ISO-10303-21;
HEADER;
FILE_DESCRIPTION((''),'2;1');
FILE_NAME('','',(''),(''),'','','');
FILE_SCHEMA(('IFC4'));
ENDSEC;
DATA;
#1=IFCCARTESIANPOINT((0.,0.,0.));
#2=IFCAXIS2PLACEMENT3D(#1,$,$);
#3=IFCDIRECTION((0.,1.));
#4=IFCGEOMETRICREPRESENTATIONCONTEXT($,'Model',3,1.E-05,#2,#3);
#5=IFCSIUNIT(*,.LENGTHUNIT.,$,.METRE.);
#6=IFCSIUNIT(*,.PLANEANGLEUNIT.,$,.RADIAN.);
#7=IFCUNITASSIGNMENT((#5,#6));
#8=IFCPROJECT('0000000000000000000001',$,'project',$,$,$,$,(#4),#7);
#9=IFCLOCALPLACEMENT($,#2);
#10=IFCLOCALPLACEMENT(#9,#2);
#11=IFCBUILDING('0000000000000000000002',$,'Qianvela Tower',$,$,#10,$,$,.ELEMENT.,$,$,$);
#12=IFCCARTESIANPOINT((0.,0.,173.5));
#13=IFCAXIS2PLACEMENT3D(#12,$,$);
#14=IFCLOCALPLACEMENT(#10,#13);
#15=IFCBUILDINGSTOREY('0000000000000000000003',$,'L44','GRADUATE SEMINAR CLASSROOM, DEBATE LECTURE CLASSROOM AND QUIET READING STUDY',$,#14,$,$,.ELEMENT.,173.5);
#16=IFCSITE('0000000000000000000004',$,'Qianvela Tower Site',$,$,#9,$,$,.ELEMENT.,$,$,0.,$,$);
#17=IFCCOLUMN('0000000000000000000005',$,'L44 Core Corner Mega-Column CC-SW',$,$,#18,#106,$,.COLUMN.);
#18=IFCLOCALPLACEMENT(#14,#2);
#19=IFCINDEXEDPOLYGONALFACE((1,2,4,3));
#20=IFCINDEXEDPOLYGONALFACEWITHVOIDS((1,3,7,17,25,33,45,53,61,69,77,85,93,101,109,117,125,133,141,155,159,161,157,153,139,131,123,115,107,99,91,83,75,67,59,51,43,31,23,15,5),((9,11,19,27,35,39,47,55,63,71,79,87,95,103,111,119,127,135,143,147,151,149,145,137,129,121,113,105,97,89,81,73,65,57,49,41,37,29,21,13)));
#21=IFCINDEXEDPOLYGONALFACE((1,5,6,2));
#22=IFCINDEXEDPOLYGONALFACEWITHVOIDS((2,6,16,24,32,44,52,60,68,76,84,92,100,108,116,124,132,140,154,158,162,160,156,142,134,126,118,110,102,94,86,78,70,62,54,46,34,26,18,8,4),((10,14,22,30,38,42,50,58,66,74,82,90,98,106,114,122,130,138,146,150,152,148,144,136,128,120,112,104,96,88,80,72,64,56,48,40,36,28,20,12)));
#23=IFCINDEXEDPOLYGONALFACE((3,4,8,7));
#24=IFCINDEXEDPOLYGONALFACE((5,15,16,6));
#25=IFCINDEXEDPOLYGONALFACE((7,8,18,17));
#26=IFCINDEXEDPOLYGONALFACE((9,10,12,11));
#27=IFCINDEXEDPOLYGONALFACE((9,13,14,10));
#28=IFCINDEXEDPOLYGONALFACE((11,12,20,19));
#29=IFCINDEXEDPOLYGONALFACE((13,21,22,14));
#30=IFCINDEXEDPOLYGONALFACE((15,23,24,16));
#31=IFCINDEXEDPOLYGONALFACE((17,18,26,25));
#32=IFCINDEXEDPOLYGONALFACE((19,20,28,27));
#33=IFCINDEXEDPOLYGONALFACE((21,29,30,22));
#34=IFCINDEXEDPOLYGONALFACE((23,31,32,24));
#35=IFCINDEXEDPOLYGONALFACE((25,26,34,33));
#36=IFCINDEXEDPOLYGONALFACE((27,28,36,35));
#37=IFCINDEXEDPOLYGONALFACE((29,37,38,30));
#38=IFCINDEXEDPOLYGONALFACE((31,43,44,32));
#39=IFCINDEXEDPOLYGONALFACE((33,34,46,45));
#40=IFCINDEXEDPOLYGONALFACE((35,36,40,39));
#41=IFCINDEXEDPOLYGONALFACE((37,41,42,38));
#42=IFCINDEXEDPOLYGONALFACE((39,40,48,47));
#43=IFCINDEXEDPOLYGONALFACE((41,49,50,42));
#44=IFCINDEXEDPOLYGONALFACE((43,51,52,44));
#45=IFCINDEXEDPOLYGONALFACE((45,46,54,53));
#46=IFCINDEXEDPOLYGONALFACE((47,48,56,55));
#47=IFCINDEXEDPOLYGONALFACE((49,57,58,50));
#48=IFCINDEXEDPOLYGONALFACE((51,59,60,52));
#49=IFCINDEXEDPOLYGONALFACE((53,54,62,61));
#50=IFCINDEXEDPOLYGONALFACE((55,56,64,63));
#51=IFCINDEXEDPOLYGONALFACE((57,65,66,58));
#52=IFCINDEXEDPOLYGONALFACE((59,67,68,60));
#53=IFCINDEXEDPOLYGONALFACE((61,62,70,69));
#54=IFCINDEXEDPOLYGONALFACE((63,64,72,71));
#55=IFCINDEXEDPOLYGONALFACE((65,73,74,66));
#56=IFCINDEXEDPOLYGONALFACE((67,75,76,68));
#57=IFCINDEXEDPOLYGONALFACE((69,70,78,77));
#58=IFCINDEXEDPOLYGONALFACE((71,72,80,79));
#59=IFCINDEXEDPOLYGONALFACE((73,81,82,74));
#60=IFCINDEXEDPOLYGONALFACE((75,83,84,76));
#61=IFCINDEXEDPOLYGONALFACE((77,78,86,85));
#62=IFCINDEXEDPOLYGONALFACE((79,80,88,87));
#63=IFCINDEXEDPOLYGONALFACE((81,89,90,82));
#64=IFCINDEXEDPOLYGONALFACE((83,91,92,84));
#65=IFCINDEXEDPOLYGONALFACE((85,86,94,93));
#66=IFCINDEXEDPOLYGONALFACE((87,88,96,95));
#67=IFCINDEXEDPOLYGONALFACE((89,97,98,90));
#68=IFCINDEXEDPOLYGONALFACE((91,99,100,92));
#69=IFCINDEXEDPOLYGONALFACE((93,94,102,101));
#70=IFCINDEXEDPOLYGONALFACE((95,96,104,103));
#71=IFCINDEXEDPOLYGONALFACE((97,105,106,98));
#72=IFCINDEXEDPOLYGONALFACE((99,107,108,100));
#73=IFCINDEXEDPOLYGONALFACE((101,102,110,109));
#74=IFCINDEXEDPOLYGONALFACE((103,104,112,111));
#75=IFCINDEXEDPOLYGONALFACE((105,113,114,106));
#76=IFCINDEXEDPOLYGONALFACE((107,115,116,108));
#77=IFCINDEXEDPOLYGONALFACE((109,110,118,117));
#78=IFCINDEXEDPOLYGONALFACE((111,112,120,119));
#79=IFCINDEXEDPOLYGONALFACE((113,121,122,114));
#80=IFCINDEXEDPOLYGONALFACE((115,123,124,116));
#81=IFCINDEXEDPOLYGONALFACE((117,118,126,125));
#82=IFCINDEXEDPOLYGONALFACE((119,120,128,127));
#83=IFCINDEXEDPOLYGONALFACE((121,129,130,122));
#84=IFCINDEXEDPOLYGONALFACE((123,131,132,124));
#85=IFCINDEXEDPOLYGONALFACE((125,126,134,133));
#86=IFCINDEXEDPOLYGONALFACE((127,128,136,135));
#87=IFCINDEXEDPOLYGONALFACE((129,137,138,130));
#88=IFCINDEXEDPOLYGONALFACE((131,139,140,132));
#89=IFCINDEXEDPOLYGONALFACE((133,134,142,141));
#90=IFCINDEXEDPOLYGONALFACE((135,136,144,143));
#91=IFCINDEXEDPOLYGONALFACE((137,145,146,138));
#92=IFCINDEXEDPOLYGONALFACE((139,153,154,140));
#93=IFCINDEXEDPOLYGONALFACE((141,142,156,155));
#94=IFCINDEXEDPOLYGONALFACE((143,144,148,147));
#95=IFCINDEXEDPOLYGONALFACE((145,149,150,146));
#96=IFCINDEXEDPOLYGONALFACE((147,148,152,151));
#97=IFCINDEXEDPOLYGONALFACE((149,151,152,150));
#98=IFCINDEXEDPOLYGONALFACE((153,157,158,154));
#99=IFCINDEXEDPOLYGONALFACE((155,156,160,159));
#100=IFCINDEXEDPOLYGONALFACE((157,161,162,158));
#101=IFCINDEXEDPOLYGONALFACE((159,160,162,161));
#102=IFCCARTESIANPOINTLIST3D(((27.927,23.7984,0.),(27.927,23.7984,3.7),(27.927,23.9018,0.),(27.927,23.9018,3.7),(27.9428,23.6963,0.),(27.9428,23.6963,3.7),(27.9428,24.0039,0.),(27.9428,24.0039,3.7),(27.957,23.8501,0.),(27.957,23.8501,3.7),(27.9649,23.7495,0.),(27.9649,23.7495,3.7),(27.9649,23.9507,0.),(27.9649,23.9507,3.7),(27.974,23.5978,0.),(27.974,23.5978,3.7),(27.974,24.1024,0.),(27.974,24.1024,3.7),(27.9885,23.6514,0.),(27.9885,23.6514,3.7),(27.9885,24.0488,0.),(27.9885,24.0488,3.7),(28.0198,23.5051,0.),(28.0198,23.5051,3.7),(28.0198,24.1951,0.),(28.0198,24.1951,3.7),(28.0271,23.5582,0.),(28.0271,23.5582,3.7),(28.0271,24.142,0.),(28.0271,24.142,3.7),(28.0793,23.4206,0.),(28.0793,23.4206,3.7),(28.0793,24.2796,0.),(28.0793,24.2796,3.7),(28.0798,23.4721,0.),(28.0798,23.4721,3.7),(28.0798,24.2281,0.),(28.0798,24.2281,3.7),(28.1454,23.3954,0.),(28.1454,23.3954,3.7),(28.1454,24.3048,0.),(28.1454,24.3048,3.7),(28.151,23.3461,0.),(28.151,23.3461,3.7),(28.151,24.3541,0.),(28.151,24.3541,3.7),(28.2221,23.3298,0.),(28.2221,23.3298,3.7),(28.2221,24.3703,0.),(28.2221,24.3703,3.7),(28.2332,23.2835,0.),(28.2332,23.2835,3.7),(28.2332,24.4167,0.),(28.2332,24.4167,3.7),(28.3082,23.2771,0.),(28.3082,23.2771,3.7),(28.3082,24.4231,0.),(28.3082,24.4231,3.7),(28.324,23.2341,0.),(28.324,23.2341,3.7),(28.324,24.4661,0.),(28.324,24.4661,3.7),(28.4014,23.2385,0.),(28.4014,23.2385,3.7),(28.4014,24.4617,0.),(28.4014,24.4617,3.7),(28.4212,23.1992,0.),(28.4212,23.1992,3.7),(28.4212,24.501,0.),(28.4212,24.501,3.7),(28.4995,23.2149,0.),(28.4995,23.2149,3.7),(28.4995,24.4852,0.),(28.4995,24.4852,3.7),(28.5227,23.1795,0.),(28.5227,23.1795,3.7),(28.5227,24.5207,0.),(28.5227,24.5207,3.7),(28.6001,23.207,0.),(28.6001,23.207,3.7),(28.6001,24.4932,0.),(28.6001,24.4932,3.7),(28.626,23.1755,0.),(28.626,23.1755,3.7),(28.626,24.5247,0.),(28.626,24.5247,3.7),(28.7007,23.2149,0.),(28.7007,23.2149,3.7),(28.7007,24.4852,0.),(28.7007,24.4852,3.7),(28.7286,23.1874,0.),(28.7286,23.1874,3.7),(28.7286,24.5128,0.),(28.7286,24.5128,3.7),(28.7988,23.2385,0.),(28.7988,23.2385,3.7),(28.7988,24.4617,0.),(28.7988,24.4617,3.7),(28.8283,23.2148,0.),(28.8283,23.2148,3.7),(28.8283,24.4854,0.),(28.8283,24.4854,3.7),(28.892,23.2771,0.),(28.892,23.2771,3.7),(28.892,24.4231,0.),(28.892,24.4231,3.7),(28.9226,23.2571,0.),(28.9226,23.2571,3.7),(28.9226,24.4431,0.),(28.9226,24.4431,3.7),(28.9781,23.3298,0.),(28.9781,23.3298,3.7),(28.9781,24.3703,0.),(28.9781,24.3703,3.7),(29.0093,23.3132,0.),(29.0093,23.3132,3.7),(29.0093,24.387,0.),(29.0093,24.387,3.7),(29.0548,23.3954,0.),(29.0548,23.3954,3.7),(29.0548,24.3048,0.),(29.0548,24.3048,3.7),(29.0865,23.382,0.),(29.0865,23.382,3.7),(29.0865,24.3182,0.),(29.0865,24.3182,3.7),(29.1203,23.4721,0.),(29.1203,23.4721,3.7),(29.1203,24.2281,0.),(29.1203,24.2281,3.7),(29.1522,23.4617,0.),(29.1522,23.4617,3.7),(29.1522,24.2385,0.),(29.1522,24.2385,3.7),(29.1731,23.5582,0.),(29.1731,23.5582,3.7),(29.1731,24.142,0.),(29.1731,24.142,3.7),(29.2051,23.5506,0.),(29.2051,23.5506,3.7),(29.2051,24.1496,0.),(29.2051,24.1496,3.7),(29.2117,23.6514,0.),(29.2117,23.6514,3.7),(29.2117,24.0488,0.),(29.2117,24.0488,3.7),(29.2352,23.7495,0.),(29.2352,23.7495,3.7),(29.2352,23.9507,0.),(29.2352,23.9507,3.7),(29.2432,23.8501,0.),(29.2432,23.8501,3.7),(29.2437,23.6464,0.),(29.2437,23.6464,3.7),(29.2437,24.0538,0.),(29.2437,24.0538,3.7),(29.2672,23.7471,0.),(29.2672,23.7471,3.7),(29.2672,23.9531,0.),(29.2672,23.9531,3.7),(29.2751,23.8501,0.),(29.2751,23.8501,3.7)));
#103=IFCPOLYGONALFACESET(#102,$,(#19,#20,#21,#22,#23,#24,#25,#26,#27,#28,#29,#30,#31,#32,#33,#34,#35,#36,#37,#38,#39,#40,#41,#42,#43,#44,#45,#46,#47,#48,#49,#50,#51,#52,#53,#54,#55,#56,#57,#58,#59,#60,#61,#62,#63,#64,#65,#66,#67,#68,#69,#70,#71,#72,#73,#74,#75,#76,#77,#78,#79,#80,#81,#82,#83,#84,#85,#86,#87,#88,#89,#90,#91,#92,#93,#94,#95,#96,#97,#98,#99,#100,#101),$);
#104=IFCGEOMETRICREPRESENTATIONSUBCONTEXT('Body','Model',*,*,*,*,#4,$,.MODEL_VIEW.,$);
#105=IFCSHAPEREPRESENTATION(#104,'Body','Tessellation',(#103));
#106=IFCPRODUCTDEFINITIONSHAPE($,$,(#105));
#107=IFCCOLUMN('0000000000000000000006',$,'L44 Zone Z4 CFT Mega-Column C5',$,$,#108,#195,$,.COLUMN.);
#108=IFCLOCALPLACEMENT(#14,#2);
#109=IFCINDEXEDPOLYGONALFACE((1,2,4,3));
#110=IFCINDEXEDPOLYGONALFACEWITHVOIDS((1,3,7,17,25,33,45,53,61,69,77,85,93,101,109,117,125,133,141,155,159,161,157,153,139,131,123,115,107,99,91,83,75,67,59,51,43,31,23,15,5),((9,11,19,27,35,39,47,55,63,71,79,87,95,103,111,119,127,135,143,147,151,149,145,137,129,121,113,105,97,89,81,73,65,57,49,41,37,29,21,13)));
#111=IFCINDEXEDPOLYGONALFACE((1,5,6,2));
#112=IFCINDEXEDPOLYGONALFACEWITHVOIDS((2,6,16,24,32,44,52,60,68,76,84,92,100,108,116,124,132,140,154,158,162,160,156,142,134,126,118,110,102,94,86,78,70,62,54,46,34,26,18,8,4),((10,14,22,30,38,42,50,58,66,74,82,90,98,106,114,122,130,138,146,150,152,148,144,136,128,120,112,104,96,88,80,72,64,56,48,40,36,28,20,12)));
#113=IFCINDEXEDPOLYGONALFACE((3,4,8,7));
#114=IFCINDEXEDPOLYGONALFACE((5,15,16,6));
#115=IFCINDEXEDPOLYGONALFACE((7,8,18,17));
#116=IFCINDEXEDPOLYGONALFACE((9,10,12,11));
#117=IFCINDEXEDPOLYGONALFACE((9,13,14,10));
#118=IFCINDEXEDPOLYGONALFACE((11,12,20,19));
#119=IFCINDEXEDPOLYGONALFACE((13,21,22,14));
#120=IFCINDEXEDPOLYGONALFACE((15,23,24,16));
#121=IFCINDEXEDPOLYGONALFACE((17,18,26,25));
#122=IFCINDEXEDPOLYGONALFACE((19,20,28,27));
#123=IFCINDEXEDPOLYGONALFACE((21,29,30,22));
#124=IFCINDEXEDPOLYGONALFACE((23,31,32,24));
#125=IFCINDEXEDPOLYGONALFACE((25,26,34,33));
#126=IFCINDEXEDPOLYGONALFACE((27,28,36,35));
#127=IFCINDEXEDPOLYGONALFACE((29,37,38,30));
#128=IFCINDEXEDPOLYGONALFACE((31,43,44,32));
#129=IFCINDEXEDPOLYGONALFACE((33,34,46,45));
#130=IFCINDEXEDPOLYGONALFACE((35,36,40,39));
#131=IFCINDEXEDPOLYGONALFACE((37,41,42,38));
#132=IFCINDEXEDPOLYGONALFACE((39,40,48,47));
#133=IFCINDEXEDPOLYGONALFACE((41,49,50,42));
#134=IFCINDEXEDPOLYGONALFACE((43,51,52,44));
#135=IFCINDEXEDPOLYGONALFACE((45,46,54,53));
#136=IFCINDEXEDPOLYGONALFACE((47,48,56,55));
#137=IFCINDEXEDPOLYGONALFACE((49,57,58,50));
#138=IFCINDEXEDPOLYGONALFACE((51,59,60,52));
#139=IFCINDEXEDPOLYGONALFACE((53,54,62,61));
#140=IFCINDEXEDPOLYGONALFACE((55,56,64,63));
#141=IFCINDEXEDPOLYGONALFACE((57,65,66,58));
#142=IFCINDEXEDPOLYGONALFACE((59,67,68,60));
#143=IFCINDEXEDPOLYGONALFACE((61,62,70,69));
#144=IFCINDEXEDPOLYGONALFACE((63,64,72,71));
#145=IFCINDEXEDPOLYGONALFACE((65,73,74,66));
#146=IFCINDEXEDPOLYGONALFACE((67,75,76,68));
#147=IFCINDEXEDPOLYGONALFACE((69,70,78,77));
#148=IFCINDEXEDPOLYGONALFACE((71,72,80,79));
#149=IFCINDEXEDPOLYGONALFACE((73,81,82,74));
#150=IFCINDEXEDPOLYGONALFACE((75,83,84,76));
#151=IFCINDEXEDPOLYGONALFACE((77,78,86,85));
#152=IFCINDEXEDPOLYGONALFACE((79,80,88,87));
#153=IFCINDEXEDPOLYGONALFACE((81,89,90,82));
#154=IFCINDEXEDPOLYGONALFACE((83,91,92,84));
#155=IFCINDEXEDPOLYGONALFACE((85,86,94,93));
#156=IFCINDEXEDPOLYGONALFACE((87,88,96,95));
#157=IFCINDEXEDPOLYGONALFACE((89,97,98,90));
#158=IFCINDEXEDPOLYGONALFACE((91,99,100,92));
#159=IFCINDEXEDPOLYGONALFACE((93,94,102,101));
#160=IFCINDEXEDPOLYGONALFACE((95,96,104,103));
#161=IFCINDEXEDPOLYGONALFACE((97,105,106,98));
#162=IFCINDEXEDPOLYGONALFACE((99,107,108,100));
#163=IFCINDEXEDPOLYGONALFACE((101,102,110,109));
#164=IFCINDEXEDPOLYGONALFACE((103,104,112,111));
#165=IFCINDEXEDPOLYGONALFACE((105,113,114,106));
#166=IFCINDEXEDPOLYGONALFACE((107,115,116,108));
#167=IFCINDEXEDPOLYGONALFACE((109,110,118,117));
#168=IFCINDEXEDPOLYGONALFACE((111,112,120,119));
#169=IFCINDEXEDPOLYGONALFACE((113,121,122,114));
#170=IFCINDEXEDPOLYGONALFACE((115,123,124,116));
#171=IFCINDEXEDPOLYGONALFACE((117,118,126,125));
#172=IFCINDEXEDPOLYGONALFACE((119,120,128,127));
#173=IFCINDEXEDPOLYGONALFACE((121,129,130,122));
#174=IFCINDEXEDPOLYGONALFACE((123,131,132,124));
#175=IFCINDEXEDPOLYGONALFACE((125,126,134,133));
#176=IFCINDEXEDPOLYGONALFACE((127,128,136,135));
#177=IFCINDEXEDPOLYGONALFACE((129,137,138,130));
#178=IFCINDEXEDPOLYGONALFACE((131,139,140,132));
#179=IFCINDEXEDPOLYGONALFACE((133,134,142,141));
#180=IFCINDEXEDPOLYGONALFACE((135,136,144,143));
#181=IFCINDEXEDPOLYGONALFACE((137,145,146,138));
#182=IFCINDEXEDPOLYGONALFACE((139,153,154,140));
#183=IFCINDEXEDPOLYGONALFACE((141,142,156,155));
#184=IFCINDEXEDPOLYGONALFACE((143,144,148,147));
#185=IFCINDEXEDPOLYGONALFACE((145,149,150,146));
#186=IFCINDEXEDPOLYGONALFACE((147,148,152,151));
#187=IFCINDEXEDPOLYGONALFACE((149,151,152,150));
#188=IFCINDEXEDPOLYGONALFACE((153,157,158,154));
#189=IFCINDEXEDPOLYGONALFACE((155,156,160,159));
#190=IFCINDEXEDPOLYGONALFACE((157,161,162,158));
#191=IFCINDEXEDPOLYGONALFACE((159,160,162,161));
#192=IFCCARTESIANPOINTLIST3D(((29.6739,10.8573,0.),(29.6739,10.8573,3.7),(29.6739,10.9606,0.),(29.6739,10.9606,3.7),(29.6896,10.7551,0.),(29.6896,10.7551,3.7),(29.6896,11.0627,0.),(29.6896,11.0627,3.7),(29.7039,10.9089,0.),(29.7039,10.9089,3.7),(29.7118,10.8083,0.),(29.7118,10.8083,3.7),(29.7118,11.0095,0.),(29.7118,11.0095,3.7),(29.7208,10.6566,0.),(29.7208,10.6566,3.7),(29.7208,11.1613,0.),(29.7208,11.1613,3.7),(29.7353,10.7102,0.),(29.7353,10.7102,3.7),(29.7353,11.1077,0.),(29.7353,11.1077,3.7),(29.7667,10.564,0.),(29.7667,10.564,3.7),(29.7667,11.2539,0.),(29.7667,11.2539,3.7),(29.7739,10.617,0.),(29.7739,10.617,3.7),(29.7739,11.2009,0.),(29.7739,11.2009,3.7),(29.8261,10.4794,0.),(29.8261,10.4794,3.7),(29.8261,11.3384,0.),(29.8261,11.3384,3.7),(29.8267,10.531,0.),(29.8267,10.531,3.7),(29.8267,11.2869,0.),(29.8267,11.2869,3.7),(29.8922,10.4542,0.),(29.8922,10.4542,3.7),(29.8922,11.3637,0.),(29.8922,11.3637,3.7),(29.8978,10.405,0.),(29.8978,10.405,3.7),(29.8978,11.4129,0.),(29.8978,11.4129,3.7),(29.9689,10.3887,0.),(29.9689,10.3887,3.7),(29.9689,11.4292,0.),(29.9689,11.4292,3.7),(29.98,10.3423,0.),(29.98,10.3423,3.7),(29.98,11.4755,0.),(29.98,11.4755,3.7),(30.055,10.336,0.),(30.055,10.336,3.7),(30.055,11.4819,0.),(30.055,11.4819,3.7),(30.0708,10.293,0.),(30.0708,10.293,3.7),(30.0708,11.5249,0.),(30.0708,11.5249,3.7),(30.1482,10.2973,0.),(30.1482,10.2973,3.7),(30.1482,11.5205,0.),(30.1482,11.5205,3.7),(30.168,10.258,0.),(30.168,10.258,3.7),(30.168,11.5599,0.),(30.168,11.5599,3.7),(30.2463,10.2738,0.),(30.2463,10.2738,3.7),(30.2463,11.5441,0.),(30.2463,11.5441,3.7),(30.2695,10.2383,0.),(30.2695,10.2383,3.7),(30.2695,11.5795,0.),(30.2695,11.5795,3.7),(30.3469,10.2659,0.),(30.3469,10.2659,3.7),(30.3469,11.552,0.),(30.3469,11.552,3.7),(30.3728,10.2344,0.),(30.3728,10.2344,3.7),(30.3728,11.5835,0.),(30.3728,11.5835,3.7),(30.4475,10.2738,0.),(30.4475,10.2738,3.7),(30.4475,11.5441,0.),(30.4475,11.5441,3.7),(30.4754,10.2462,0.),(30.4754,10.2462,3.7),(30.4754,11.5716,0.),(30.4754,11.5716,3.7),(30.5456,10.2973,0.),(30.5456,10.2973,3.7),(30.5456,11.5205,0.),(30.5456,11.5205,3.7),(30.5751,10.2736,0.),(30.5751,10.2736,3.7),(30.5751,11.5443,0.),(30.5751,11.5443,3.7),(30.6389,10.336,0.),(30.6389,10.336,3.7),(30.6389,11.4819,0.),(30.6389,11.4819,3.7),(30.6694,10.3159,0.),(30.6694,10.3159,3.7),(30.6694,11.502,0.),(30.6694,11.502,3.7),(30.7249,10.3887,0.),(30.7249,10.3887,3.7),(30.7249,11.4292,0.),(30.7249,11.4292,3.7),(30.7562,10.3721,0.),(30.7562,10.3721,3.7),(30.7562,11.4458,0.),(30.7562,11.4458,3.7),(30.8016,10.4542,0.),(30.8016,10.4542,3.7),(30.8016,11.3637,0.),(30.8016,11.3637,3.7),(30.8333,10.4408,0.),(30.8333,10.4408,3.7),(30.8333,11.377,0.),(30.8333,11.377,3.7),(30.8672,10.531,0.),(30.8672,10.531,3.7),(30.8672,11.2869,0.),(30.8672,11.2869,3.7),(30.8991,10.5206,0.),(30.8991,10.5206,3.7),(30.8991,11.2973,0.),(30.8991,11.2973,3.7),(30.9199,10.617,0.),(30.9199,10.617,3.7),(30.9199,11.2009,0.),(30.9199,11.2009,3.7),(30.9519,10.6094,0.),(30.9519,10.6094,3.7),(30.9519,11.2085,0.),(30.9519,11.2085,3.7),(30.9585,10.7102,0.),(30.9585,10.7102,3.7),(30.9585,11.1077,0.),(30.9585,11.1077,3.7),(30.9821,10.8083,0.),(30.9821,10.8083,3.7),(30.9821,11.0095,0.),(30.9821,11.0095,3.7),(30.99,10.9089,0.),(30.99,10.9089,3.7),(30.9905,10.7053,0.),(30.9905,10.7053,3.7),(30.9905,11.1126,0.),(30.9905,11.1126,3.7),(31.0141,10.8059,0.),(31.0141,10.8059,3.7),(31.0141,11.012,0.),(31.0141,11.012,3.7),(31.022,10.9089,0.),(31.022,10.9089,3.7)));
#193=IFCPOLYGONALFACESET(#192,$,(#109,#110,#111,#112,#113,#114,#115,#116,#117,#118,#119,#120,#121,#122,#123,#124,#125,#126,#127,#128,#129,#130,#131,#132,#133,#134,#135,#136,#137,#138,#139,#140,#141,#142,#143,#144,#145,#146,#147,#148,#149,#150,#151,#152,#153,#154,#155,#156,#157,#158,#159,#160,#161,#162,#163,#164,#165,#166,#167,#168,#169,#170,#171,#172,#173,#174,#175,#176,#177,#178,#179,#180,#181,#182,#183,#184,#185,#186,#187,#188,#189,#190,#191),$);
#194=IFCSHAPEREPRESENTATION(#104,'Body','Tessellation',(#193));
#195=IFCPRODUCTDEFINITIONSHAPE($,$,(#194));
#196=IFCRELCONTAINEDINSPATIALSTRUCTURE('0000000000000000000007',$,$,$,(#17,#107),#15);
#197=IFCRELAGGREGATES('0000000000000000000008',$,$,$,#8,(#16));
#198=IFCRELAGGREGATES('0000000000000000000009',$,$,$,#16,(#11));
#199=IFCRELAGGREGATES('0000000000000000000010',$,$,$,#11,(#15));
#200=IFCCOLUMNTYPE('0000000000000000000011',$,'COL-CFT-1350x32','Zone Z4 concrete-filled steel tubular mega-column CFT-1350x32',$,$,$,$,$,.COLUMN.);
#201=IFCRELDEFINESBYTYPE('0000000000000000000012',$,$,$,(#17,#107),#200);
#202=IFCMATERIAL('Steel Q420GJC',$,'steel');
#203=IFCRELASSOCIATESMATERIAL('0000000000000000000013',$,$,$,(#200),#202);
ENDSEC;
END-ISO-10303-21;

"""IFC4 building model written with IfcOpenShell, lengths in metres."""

from ifc_helpers import new_model, si_unit, direction, frame, origin, origin_2d, place, context, subcontext, project, spatial, hollow_circle, extrude, material, material_profile, profile_set, type_object, element, save


model = new_model("IFC4")

# Units and contexts
model_context = context("Model", 3, precision=1e-05, world=origin(), true_north=direction((0.0, 1.0)))
body_context = subcontext(model_context, "Body", "Model", "MODEL_VIEW")
ifc_project = project(units=[si_unit("LENGTHUNIT", "METRE"), si_unit("PLANEANGLEUNIT", "RADIAN")], contexts=[model_context])

# Site, building, storey
site_placement = place(None, origin())
site = spatial("IfcSite", under=ifc_project, at=site_placement, Name="Qianvela Tower Site", CompositionType="ELEMENT", RefElevation=0.0)
building_placement = place(site_placement, origin())
building = spatial("IfcBuilding", under=site, at=building_placement, Name="Qianvela Tower", CompositionType="ELEMENT")
storey_placement = place(building_placement, frame((0.0, 0.0, 173.5)))
storey = spatial("IfcBuildingStorey", under=building, at=storey_placement, Name="L44", Description="GRADUATE SEMINAR CLASSROOM, DEBATE LECTURE CLASSROOM AND QUIET READING STUDY", CompositionType="ELEMENT", Elevation=173.5)

# Columns
ifc_material_1 = material(Name="Steel Q420GJC", Category="steel")
ifc_material_profile_1 = material_profile(ifc_material_1, hollow_circle(Radius=0.675, WallThickness=0.032, at=origin_2d()), Name="CFT-1350x32")
ifc_profile_set_1 = profile_set([ifc_material_profile_1], Name="Steel Q420GJC")
column_type = type_object("IfcColumnType", Name="COL-CFT-1350x32", Description="Zone Z4 concrete-filled steel tubular mega-column CFT-1350x32", PredefinedType="COLUMN", material=ifc_profile_set_1)
for number, where, z_axis, x_axis, name in (
    (1, (28.6001, 23.8501, 0.0), (0.0, 0.0, 1.0), (1.0, 0.0, 0.0), "L44 Core Corner Mega-Column CC-SW"),
    (2, (30.3469, 10.9089, 0.0), (0.0, 0.0, 1.0), (1.0, 0.0, 0.0), "L44 Zone Z4 CFT Mega-Column C5"),
):
    element("IfcColumn", number, at=place(storey_placement, frame(where, z_axis=z_axis, x_axis=x_axis)), inside=storey, type_object=column_type, Name=name, PredefinedType="COLUMN", context=body_context, shape_type="SweptSolid", body=[
        extrude(hollow_circle(Radius=0.675, WallThickness=0.032, at=origin_2d()), origin(), (0.0, 0.0, 1.0), 3.7),
    ])

save(model, "model.ifc")
